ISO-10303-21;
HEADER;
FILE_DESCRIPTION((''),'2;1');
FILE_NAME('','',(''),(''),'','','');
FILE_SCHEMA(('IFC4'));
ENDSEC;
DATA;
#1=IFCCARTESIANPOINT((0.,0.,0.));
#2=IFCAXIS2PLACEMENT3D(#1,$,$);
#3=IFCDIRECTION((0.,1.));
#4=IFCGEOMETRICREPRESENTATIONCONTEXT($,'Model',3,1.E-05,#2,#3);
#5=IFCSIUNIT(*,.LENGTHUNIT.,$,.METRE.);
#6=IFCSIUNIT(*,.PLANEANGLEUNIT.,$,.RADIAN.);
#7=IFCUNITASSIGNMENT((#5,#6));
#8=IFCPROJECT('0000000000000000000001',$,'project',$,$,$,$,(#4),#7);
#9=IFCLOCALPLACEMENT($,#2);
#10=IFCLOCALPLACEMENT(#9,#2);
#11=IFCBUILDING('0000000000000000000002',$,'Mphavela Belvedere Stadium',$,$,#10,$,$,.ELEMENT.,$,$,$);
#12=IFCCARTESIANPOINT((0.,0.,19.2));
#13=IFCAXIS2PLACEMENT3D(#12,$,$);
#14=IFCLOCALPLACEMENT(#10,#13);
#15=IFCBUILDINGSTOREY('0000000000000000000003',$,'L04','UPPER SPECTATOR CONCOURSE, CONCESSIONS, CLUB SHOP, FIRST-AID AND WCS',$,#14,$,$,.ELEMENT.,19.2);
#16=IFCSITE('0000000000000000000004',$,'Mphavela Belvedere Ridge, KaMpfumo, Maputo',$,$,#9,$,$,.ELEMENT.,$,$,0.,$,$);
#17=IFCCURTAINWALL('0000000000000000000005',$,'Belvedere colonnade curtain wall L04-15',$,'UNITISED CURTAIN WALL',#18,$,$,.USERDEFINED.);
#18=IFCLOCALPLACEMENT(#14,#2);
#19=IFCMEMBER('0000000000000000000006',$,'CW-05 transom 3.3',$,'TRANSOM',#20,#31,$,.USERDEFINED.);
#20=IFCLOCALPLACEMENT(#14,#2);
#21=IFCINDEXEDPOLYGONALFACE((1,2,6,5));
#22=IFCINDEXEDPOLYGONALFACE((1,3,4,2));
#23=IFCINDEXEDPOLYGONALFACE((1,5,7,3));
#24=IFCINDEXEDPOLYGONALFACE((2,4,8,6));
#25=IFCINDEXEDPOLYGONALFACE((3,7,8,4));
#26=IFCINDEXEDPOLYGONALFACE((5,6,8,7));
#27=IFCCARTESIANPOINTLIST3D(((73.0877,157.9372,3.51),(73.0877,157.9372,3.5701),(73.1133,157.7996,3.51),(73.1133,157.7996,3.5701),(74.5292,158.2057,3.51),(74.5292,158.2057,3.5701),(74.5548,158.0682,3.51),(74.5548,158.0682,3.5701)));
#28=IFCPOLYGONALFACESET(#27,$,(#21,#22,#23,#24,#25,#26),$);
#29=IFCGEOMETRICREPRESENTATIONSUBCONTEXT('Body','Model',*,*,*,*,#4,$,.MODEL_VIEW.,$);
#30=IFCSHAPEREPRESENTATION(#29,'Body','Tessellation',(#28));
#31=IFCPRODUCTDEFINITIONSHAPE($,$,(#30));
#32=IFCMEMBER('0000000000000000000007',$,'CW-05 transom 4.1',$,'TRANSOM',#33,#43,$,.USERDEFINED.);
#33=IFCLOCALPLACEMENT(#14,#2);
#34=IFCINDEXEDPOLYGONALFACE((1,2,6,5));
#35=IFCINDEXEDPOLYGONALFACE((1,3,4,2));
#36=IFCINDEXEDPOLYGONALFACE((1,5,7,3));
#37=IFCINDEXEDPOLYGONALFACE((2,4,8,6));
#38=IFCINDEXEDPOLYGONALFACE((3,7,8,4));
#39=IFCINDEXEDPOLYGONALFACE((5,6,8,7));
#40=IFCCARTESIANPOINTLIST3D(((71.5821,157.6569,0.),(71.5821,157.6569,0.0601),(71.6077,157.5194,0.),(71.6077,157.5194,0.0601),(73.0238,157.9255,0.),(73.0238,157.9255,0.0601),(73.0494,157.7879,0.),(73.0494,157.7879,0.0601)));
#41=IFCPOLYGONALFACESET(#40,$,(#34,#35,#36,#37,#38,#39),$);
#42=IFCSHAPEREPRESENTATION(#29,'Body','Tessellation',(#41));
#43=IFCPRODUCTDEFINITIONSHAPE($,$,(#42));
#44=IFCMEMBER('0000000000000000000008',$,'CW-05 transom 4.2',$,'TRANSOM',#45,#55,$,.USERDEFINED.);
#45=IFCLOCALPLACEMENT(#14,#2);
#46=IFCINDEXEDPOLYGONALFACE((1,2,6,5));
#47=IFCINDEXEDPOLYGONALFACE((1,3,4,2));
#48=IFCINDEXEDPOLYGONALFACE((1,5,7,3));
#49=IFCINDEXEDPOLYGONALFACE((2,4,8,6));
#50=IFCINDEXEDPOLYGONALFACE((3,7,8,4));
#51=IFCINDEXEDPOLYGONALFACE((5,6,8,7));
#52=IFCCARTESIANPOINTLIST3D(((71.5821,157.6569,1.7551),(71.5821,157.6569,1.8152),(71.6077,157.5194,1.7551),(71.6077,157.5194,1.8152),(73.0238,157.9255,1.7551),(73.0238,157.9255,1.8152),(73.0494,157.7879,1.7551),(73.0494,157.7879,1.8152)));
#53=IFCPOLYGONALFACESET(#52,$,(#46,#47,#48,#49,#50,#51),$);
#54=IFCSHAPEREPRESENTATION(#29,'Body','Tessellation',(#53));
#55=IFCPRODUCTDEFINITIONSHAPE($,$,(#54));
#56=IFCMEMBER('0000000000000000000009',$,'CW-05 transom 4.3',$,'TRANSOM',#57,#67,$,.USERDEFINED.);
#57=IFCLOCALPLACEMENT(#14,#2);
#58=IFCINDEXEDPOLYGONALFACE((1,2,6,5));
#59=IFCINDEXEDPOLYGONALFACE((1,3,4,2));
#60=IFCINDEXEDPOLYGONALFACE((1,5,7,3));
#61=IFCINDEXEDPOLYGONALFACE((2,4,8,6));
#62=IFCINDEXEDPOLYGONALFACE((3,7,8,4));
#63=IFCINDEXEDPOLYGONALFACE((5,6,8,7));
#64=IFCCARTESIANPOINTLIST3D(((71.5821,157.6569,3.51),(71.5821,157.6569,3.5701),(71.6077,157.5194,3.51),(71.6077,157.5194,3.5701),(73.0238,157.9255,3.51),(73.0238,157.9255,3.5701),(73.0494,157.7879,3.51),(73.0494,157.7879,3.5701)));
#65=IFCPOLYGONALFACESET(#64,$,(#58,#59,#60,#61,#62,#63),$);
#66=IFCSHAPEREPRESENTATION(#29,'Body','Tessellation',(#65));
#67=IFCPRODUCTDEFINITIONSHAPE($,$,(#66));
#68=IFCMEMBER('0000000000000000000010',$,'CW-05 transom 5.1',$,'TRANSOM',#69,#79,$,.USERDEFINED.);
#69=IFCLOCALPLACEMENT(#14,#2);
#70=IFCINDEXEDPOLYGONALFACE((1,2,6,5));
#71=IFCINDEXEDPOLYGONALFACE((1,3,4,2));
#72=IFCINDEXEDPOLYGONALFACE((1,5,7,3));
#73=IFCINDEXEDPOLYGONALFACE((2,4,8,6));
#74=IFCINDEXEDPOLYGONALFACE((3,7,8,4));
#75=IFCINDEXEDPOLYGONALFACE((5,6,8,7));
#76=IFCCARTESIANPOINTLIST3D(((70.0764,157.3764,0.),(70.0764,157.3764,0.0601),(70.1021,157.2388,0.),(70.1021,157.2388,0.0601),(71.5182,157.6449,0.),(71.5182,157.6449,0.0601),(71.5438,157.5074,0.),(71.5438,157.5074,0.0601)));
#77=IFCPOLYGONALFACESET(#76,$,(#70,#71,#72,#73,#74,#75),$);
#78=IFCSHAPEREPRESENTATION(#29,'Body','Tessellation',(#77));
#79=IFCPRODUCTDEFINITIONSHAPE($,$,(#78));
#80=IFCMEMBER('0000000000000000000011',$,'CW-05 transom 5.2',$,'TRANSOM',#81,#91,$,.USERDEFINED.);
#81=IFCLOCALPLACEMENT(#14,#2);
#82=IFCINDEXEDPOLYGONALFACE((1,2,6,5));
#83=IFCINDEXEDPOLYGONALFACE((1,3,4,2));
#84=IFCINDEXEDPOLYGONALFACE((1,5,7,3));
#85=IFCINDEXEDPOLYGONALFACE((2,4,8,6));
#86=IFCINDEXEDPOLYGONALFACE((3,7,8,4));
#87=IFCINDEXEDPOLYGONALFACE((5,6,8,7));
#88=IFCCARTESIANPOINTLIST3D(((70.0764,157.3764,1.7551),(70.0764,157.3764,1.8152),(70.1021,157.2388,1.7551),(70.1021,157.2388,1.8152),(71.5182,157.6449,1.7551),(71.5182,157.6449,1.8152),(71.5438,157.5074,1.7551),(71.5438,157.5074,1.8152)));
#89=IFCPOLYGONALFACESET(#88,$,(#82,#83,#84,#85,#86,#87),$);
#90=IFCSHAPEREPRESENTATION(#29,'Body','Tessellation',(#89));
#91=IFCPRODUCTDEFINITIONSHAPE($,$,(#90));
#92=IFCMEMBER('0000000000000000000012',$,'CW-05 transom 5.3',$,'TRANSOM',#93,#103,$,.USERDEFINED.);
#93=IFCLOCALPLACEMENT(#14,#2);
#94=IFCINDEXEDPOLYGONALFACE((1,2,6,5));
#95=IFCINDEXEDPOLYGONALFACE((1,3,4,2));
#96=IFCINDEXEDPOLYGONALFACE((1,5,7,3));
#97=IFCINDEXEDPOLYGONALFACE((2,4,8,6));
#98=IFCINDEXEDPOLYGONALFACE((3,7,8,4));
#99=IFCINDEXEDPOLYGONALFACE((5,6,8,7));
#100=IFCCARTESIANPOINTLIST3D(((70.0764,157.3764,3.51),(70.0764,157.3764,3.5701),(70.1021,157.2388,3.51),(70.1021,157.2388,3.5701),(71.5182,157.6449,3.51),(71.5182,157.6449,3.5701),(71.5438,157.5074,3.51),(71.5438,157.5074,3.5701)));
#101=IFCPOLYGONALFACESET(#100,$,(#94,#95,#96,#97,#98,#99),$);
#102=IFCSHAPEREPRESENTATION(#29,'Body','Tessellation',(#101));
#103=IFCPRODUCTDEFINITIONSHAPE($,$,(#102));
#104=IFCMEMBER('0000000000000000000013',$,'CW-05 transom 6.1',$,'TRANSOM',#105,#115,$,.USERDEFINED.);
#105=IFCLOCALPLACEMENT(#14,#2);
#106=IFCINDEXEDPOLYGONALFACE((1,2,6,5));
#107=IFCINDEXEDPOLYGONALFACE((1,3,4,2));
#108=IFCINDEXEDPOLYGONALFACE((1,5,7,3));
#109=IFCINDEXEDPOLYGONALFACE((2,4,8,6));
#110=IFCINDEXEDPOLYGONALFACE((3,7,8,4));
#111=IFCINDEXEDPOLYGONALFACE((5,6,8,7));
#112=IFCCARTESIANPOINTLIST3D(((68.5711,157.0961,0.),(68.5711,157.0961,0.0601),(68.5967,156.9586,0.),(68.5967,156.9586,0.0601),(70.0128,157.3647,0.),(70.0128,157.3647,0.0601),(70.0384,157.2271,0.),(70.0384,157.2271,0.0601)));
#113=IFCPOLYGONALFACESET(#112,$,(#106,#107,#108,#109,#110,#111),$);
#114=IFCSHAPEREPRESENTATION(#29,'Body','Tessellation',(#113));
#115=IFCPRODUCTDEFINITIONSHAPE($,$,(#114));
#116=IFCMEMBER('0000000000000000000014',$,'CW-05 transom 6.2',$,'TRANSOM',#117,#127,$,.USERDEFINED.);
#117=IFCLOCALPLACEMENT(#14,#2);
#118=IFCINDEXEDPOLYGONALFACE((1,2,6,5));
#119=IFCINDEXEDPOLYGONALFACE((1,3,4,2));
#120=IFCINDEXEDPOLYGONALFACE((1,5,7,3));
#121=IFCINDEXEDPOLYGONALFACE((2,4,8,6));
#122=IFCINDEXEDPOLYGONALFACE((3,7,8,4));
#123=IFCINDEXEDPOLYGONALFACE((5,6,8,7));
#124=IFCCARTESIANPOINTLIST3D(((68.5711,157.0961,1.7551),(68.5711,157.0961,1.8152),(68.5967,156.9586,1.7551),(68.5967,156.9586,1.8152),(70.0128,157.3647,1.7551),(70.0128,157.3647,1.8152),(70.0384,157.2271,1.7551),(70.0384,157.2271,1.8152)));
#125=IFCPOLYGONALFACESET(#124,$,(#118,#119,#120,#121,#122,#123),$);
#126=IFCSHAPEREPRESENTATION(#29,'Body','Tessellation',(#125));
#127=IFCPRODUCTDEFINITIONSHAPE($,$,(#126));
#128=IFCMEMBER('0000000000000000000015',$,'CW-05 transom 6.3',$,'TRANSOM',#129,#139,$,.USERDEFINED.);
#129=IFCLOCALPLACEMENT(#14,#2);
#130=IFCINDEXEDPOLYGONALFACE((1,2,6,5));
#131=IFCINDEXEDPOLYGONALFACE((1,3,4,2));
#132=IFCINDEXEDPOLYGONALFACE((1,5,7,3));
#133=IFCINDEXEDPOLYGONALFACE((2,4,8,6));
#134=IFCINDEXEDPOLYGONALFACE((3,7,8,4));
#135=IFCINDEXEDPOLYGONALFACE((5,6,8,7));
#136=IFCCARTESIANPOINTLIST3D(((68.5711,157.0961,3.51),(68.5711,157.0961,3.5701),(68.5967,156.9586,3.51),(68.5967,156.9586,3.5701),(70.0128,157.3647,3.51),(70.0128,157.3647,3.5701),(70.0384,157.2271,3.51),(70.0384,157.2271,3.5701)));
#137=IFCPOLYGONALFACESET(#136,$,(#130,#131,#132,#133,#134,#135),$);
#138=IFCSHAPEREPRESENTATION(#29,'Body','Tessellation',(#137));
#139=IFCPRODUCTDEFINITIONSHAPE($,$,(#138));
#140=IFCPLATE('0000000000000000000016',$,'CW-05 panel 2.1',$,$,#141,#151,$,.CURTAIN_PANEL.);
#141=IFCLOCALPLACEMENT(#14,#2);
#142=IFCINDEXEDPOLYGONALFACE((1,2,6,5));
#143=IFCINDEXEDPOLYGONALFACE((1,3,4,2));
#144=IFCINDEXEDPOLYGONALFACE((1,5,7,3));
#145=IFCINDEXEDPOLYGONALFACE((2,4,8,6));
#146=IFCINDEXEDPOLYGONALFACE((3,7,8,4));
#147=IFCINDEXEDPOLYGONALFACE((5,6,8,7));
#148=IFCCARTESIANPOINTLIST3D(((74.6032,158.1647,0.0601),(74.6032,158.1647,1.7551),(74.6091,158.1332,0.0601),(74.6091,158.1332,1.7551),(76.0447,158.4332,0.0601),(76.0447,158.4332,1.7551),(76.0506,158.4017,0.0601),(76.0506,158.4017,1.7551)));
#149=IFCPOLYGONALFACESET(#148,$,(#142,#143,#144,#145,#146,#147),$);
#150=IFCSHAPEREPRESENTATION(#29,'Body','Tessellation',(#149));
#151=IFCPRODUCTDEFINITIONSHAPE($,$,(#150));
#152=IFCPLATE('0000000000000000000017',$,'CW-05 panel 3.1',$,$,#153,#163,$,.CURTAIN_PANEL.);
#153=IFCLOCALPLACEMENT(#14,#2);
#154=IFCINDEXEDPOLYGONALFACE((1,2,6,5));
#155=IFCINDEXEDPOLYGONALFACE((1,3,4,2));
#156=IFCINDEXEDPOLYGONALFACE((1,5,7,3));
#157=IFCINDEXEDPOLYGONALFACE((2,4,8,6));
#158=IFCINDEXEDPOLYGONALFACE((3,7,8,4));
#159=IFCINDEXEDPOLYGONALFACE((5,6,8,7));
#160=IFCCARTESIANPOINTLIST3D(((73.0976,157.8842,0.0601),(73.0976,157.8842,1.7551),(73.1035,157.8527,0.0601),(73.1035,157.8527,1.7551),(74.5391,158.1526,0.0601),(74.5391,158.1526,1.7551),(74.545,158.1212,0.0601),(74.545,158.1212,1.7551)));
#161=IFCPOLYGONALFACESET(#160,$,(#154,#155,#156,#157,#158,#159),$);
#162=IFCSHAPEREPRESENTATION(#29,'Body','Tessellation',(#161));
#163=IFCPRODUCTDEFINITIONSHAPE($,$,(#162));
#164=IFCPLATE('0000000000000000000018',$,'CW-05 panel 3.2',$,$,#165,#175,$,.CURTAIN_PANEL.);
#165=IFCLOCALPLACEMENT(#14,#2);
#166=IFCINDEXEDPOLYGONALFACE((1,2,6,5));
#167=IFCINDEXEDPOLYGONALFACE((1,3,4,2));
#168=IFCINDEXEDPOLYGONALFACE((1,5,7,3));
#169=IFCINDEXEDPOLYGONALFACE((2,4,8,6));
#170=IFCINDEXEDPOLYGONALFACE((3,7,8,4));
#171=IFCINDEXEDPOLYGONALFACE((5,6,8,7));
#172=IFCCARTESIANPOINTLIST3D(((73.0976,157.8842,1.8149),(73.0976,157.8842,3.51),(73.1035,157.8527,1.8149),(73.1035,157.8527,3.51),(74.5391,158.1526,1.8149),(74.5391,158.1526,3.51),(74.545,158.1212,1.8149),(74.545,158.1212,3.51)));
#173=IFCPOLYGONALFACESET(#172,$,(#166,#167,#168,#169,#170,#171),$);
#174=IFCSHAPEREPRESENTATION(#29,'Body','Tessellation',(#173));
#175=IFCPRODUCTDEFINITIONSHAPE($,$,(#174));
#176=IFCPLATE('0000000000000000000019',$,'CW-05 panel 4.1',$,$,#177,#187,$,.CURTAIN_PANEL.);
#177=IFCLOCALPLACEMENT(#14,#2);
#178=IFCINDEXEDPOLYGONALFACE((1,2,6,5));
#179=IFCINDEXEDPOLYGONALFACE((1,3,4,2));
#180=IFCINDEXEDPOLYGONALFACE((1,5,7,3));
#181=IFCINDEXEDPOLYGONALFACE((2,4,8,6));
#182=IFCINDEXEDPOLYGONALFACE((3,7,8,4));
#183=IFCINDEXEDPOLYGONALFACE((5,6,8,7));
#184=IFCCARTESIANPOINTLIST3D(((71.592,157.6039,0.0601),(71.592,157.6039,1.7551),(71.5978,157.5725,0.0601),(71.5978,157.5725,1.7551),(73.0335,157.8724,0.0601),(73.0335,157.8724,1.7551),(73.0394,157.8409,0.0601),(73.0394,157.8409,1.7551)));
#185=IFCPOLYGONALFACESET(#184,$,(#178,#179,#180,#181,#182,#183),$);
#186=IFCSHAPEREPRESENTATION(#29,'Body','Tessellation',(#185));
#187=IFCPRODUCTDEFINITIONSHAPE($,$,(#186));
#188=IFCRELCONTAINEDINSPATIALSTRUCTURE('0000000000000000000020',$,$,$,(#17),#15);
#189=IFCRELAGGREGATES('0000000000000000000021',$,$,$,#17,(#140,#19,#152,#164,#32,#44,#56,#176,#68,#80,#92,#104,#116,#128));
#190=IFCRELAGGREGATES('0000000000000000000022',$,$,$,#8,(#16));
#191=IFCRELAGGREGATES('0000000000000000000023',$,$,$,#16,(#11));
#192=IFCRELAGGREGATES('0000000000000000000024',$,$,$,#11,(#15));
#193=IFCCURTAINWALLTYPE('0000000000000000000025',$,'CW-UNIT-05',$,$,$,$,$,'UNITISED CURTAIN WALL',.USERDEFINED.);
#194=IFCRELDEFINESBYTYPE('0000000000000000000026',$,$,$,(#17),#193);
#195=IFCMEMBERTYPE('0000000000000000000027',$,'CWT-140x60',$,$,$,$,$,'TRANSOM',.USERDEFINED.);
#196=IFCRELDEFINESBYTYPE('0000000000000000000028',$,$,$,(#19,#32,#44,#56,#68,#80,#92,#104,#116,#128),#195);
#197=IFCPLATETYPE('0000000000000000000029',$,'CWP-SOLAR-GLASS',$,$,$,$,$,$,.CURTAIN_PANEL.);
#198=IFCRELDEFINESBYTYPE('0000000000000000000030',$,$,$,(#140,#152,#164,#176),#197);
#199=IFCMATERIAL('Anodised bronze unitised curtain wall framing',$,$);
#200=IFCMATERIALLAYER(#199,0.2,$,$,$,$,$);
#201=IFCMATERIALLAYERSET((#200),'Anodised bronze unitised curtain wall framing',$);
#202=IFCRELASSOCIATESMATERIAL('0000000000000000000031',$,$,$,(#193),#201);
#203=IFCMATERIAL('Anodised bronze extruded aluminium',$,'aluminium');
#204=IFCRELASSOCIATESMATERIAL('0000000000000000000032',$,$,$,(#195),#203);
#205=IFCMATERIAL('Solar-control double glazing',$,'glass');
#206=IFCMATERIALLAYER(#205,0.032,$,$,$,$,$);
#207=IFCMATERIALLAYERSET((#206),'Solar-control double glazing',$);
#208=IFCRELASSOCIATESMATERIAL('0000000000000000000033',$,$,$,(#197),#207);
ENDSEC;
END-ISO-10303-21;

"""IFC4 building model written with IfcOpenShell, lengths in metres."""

from ifc_helpers import new_model, si_unit, direction, frame, origin, origin_2d, place, context, subcontext, project, spatial, rectangle, extrude, material, layer, layer_set, material_profile, profile_set, type_object, element, aggregate, save


model = new_model("IFC4")

# Units and contexts
model_context = context("Model", 3, precision=1e-05, world=origin(), true_north=direction((0.0, 1.0)))
body_context = subcontext(model_context, "Body", "Model", "MODEL_VIEW")
ifc_project = project(units=[si_unit("LENGTHUNIT", "METRE"), si_unit("PLANEANGLEUNIT", "RADIAN")], contexts=[model_context])

# Site, building, storey
site_placement = place(None, origin())
site = spatial("IfcSite", under=ifc_project, at=site_placement, Name="Mphavela Belvedere Ridge, KaMpfumo, Maputo", CompositionType="ELEMENT", RefElevation=0.0)
building_placement = place(site_placement, origin())
building = spatial("IfcBuilding", under=site, at=building_placement, Name="Mphavela Belvedere Stadium", CompositionType="ELEMENT")
storey_placement = place(building_placement, frame((0.0, 0.0, 19.2)))
storey = spatial("IfcBuildingStorey", under=building, at=storey_placement, Name="L04", Description="UPPER SPECTATOR CONCOURSE, CONCESSIONS, CLUB SHOP, FIRST-AID AND WCS", CompositionType="ELEMENT", Elevation=19.2)

# Curtain wall, members, plates
ifc_material_1 = material(Name="Anodised bronze unitised curtain wall framing")
ifc_layer_1 = layer(ifc_material_1, 0.2)
ifc_layer_set_1 = layer_set([ifc_layer_1], Name="Anodised bronze unitised curtain wall framing")
curtain_wall_type = type_object("IfcCurtainWallType", Name="CW-UNIT-05", ElementType="UNITISED CURTAIN WALL", PredefinedType="USERDEFINED", material=ifc_layer_set_1)
curtain_wall_placement = place(storey_placement, origin())
curtain_wall = element("IfcCurtainWall", 1, at=curtain_wall_placement, inside=storey, type_object=curtain_wall_type, Name="Belvedere colonnade curtain wall L04-15", ObjectType="UNITISED CURTAIN WALL", PredefinedType="USERDEFINED")
ifc_material_2 = material(Name="Anodised bronze extruded aluminium", Category="aluminium")
ifc_material_profile_1 = material_profile(ifc_material_2, rectangle(XDim=0.1399, YDim=0.0601, at=origin_2d()), Name="CW-TRN 140x60")
ifc_profile_set_1 = profile_set([ifc_material_profile_1], Name="Anodised bronze extruded aluminium")
member_type_1 = type_object("IfcMemberType", Name="CWT-140x60", ElementType="TRANSOM", PredefinedType="USERDEFINED", material=ifc_profile_set_1)
member_1_placement = place(storey_placement, frame((74.542, 158.137, 3.54), z_axis=(-0.983083, -0.183162, 0.0), x_axis=(0.183162, -0.983083, 0.0)))
member_1 = element("IfcMember", 2, at=member_1_placement, type_object=member_type_1, Name="CW-05 transom 3.3", ObjectType="TRANSOM", PredefinedType="USERDEFINED", context=body_context, shape_type="SweptSolid", body=[
    extrude(rectangle(XDim=0.1399, YDim=0.0601, at=origin_2d()), origin(), (0.0, 0.0, 1.0), 1.4663),
])
member_2_placement = place(storey_placement, frame((73.0366, 157.8567, 0.03), z_axis=(-0.983088, -0.183132, 0.0), x_axis=(0.183132, -0.983088, 0.0)))
member_2 = element("IfcMember", 3, at=member_2_placement, type_object=member_type_1, Name="CW-05 transom 4.1", ObjectType="TRANSOM", PredefinedType="USERDEFINED", context=body_context, shape_type="SweptSolid", body=[
    extrude(rectangle(XDim=0.1399, YDim=0.0601, at=origin_2d()), origin(), (0.0, 0.0, 1.0), 1.4666),
])
member_3_placement = place(storey_placement, frame((73.0366, 157.8567, 1.7852), z_axis=(-0.983088, -0.183132, 0.0), x_axis=(0.183132, -0.983088, 0.0)))
member_3 = element("IfcMember", 4, at=member_3_placement, type_object=member_type_1, Name="CW-05 transom 4.2", ObjectType="TRANSOM", PredefinedType="USERDEFINED", context=body_context, shape_type="SweptSolid", body=[
    extrude(rectangle(XDim=0.1399, YDim=0.0601, at=origin_2d()), origin(), (0.0, 0.0, 1.0), 1.4666),
])
member_4_placement = place(storey_placement, frame((73.0366, 157.8567, 3.54), z_axis=(-0.983088, -0.183132, 0.0), x_axis=(0.183132, -0.983088, 0.0)))
member_4 = element("IfcMember", 5, at=member_4_placement, type_object=member_type_1, Name="CW-05 transom 4.3", ObjectType="TRANSOM", PredefinedType="USERDEFINED", context=body_context, shape_type="SweptSolid", body=[
    extrude(rectangle(XDim=0.1399, YDim=0.0601, at=origin_2d()), origin(), (0.0, 0.0, 1.0), 1.4666),
])
member_5_placement = place(storey_placement, frame((71.531, 157.5762, 0.03), z_axis=(-0.983088, -0.183132, 0.0), x_axis=(0.183132, -0.983088, 0.0)))
member_5 = element("IfcMember", 6, at=member_5_placement, type_object=member_type_1, Name="CW-05 transom 5.1", ObjectType="TRANSOM", PredefinedType="USERDEFINED", context=body_context, shape_type="SweptSolid", body=[
    extrude(rectangle(XDim=0.1399, YDim=0.0601, at=origin_2d()), origin(), (0.0, 0.0, 1.0), 1.4666),
])
member_6_placement = place(storey_placement, frame((71.531, 157.5762, 1.7852), z_axis=(-0.983088, -0.183132, 0.0), x_axis=(0.183132, -0.983088, 0.0)))
member_6 = element("IfcMember", 7, at=member_6_placement, type_object=member_type_1, Name="CW-05 transom 5.2", ObjectType="TRANSOM", PredefinedType="USERDEFINED", context=body_context, shape_type="SweptSolid", body=[
    extrude(rectangle(XDim=0.1399, YDim=0.0601, at=origin_2d()), origin(), (0.0, 0.0, 1.0), 1.4666),
])
member_7_placement = place(storey_placement, frame((71.531, 157.5762, 3.54), z_axis=(-0.983088, -0.183132, 0.0), x_axis=(0.183132, -0.983088, 0.0)))
member_7 = element("IfcMember", 8, at=member_7_placement, type_object=member_type_1, Name="CW-05 transom 5.3", ObjectType="TRANSOM", PredefinedType="USERDEFINED", context=body_context, shape_type="SweptSolid", body=[
    extrude(rectangle(XDim=0.1399, YDim=0.0601, at=origin_2d()), origin(), (0.0, 0.0, 1.0), 1.4666),
])
member_8_placement = place(storey_placement, frame((70.0256, 157.2959, 0.03), z_axis=(-0.983088, -0.183132, 0.0), x_axis=(0.183132, -0.983088, 0.0)))
member_8 = element("IfcMember", 9, at=member_8_placement, type_object=member_type_1, Name="CW-05 transom 6.1", ObjectType="TRANSOM", PredefinedType="USERDEFINED", context=body_context, shape_type="SweptSolid", body=[
    extrude(rectangle(XDim=0.1399, YDim=0.0601, at=origin_2d()), origin(), (0.0, 0.0, 1.0), 1.4666),
])
member_9_placement = place(storey_placement, frame((70.0256, 157.2959, 1.7852), z_axis=(-0.983088, -0.183132, 0.0), x_axis=(0.183132, -0.983088, 0.0)))
member_9 = element("IfcMember", 10, at=member_9_placement, type_object=member_type_1, Name="CW-05 transom 6.2", ObjectType="TRANSOM", PredefinedType="USERDEFINED", context=body_context, shape_type="SweptSolid", body=[
    extrude(rectangle(XDim=0.1399, YDim=0.0601, at=origin_2d()), origin(), (0.0, 0.0, 1.0), 1.4666),
])
member_10_placement = place(storey_placement, frame((70.0256, 157.2959, 3.54), z_axis=(-0.983088, -0.183132, 0.0), x_axis=(0.183132, -0.983088, 0.0)))
member_10 = element("IfcMember", 11, at=member_10_placement, type_object=member_type_1, Name="CW-05 transom 6.3", ObjectType="TRANSOM", PredefinedType="USERDEFINED", context=body_context, shape_type="SweptSolid", body=[
    extrude(rectangle(XDim=0.1399, YDim=0.0601, at=origin_2d()), origin(), (0.0, 0.0, 1.0), 1.4666),
])
ifc_material_3 = material(Name="Solar-control double glazing", Category="glass")
ifc_layer_2 = layer(ifc_material_3, 0.032)
ifc_layer_set_2 = layer_set([ifc_layer_2], Name="Solar-control double glazing")
plate_type = type_object("IfcPlateType", Name="CWP-SOLAR-GLASS", PredefinedType="CURTAIN_PANEL", material=ifc_layer_set_2)
plate_1_placement = place(storey_placement, frame((75.3269, 158.2832, 0.0601), z_axis=(0.0, 0.0, 1.0), x_axis=(-0.983096, -0.183091, 0.0)))
plate_1 = element("IfcPlate", 12, at=plate_1_placement, type_object=plate_type, Name="CW-05 panel 2.1", PredefinedType="CURTAIN_PANEL", context=body_context, shape_type="SweptSolid", body=[
    extrude(rectangle(XDim=1.4663, YDim=0.032, at=origin_2d()), origin(), (0.0, 0.0, 1.0), 1.6951),
])
plate_2_placement = place(storey_placement, frame((73.8213, 158.0027, 0.0601), z_axis=(0.0, 0.0, 1.0), x_axis=(-0.983096, -0.183091, 0.0)))
plate_2 = element("IfcPlate", 13, at=plate_2_placement, type_object=plate_type, Name="CW-05 panel 3.1", PredefinedType="CURTAIN_PANEL", context=body_context, shape_type="SweptSolid", body=[
    extrude(rectangle(XDim=1.4663, YDim=0.032, at=origin_2d()), origin(), (0.0, 0.0, 1.0), 1.6951),
])
plate_3_placement = place(storey_placement, frame((73.8213, 158.0027, 1.8149), z_axis=(0.0, 0.0, 1.0), x_axis=(-0.983096, -0.183091, 0.0)))
plate_3 = element("IfcPlate", 14, at=plate_3_placement, type_object=plate_type, Name="CW-05 panel 3.2", PredefinedType="CURTAIN_PANEL", context=body_context, shape_type="SweptSolid", body=[
    extrude(rectangle(XDim=1.4663, YDim=0.032, at=origin_2d()), origin(), (0.0, 0.0, 1.0), 1.6951),
])
plate_4_placement = place(storey_placement, frame((72.3157, 157.7224, 0.0601), z_axis=(0.0, 0.0, 1.0), x_axis=(-0.983096, -0.183091, 0.0)))
plate_4 = element("IfcPlate", 15, at=plate_4_placement, type_object=plate_type, Name="CW-05 panel 4.1", PredefinedType="CURTAIN_PANEL", context=body_context, shape_type="SweptSolid", body=[
    extrude(rectangle(XDim=1.4663, YDim=0.032, at=origin_2d()), origin(), (0.0, 0.0, 1.0), 1.6951),
])
aggregate(curtain_wall, [plate_1, member_1, plate_2, plate_3, member_2, member_3, member_4, plate_4, member_5, member_6, member_7, member_8, member_9, member_10])

save(model, "model.ifc")
